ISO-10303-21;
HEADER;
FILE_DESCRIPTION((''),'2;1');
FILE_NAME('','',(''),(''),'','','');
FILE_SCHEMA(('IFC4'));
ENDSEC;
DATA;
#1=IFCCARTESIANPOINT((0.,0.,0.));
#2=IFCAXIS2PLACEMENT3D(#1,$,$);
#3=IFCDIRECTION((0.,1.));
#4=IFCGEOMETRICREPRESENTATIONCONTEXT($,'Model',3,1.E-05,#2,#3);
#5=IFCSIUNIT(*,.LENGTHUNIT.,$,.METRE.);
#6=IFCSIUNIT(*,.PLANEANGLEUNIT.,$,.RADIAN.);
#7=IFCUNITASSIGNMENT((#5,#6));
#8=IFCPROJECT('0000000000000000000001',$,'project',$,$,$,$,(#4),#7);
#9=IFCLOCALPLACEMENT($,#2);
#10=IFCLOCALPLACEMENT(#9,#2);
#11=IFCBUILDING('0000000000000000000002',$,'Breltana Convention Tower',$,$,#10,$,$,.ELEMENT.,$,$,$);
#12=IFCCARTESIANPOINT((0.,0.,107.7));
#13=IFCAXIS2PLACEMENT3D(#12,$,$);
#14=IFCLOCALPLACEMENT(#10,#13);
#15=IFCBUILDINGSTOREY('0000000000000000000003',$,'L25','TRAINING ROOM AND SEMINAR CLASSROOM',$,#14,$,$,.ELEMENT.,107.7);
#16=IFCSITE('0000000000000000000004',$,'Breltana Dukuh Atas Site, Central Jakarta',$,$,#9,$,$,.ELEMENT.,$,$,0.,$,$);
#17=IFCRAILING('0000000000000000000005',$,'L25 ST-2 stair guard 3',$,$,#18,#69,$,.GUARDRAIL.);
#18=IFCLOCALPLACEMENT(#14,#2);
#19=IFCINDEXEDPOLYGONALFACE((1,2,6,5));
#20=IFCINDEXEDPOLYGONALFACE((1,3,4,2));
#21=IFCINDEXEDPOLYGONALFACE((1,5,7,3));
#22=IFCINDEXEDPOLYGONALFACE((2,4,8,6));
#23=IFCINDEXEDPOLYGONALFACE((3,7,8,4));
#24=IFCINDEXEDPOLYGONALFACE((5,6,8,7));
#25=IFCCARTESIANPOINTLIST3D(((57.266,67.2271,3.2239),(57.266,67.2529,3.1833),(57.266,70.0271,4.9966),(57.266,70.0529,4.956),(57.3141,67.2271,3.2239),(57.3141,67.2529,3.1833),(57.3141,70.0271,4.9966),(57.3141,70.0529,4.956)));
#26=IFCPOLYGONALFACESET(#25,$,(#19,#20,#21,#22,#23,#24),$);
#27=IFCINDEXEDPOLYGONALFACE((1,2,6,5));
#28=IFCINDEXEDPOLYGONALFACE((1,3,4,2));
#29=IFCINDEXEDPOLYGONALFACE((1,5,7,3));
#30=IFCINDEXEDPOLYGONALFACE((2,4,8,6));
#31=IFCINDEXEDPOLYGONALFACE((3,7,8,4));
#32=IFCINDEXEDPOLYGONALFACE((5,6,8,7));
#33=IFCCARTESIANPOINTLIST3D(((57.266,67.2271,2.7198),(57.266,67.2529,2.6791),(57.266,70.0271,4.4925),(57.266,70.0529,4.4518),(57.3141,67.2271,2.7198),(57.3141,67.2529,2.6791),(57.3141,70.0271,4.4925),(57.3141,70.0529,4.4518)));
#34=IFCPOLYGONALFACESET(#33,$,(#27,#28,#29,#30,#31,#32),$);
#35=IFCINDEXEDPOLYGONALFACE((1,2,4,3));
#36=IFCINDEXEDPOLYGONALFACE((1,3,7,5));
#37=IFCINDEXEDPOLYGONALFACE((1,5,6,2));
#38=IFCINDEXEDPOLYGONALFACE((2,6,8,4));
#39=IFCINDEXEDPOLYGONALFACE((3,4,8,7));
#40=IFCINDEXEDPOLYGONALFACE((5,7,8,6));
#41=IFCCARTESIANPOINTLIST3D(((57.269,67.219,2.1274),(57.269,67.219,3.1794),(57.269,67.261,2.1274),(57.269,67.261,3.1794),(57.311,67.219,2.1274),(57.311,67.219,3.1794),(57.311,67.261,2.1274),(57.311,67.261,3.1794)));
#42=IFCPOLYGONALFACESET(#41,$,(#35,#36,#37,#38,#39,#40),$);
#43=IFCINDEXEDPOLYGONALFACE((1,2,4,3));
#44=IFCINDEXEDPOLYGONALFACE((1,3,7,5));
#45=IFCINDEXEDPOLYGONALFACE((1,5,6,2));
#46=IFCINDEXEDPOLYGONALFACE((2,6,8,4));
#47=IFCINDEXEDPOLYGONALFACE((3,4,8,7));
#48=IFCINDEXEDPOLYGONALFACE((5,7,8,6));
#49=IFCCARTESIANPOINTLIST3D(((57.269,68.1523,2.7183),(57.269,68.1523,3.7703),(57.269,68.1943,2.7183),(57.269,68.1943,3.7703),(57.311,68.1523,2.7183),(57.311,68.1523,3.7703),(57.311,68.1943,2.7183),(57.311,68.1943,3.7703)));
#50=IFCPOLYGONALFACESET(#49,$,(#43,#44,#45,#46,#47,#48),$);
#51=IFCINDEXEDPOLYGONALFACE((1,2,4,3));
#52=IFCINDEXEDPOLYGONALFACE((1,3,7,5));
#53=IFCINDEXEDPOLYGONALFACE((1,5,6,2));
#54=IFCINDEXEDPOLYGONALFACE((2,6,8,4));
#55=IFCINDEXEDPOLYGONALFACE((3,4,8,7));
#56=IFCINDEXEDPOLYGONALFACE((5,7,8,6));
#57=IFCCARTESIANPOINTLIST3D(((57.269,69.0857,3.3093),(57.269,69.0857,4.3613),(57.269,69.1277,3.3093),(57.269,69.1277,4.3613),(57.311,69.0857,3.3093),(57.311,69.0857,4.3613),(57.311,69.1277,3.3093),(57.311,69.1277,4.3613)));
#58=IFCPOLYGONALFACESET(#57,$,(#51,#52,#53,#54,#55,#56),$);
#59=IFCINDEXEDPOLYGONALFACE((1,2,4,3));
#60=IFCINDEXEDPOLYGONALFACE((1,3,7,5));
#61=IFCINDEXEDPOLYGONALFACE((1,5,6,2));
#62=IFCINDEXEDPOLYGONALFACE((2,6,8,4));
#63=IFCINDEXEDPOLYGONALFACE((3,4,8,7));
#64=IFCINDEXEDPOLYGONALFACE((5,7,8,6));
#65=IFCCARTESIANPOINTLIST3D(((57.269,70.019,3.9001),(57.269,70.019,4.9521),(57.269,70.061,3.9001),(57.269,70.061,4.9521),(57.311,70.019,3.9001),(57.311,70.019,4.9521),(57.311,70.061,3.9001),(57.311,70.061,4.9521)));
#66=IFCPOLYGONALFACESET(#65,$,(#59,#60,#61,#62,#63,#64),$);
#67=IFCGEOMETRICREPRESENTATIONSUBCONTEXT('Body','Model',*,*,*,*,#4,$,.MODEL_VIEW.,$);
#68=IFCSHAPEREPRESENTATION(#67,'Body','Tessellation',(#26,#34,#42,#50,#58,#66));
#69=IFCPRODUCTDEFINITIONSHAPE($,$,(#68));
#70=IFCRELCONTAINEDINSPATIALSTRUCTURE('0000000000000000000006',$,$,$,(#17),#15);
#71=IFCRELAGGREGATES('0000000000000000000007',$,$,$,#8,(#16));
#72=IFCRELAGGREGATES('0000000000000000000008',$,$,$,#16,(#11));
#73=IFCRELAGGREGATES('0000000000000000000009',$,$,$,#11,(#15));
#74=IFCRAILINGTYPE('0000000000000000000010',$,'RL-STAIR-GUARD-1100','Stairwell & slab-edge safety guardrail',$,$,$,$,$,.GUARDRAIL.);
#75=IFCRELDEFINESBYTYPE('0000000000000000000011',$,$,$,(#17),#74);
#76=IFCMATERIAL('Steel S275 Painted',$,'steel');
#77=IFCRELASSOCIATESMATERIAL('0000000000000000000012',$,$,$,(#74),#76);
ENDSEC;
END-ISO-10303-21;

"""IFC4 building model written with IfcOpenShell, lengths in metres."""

from ifc_helpers import new_model, si_unit, direction, frame, origin, origin_2d, place, context, subcontext, project, spatial, rectangle, extrude, material, type_object, element, save


model = new_model("IFC4")

# Units and contexts
model_context = context("Model", 3, precision=1e-05, world=origin(), true_north=direction((0.0, 1.0)))
body_context = subcontext(model_context, "Body", "Model", "MODEL_VIEW")
ifc_project = project(units=[si_unit("LENGTHUNIT", "METRE"), si_unit("PLANEANGLEUNIT", "RADIAN")], contexts=[model_context])

# Site, building, storey
site_placement = place(None, origin())
site = spatial("IfcSite", under=ifc_project, at=site_placement, Name="Breltana Dukuh Atas Site, Central Jakarta", CompositionType="ELEMENT", RefElevation=0.0)
building_placement = place(site_placement, origin())
building = spatial("IfcBuilding", under=site, at=building_placement, Name="Breltana Convention Tower", CompositionType="ELEMENT")
storey_placement = place(building_placement, frame((0.0, 0.0, 107.7)))
storey = spatial("IfcBuildingStorey", under=building, at=storey_placement, Name="L25", Description="TRAINING ROOM AND SEMINAR CLASSROOM", CompositionType="ELEMENT", Elevation=107.7)

# Railing
ifc_material_1 = material(Name="Steel S275 Painted", Category="steel")
railing_type = type_object("IfcRailingType", Name="RL-STAIR-GUARD-1100", Description="Stairwell & slab-edge safety guardrail", PredefinedType="GUARDRAIL", material=ifc_material_1)
railing_1_placement = place(storey_placement, frame((57.29, 67.24, 2.1274)))
element("IfcRailing", 1, at=railing_1_placement, inside=storey, type_object=railing_type, Name="L25 ST-2 stair guard 3", PredefinedType="GUARDRAIL", context=body_context, shape_type="SweptSolid", body=[
    extrude(rectangle(XDim=0.0481, YDim=0.0481, at=origin_2d()), frame((0.0, 0.0, 1.0762), z_axis=(0.0, 0.844909, 0.53491), x_axis=(-1.0, 0.0, 0.0)), (0.0, 0.0, 1.0), 3.314),
    extrude(rectangle(XDim=0.0481, YDim=0.0481, at=origin_2d()), frame((0.0, 0.0, 0.572), z_axis=(0.0, 0.844909, 0.53491), x_axis=(-1.0, 0.0, 0.0)), (0.0, 0.0, 1.0), 3.314),
    extrude(rectangle(XDim=0.042, YDim=0.042, at=origin_2d()), origin(), (0.0, 0.0, 1.0), 1.052),
    extrude(rectangle(XDim=0.042, YDim=0.042, at=origin_2d()), frame((0.0, 0.9333, 0.5908)), (0.0, 0.0, 1.0), 1.052),
    extrude(rectangle(XDim=0.042, YDim=0.042, at=origin_2d()), frame((0.0, 1.8667, 1.1819)), (0.0, 0.0, 1.0), 1.052),
    extrude(rectangle(XDim=0.042, YDim=0.042, at=origin_2d()), frame((0.0, 2.8, 1.7727)), (0.0, 0.0, 1.0), 1.052),
])

save(model, "model.ifc")
